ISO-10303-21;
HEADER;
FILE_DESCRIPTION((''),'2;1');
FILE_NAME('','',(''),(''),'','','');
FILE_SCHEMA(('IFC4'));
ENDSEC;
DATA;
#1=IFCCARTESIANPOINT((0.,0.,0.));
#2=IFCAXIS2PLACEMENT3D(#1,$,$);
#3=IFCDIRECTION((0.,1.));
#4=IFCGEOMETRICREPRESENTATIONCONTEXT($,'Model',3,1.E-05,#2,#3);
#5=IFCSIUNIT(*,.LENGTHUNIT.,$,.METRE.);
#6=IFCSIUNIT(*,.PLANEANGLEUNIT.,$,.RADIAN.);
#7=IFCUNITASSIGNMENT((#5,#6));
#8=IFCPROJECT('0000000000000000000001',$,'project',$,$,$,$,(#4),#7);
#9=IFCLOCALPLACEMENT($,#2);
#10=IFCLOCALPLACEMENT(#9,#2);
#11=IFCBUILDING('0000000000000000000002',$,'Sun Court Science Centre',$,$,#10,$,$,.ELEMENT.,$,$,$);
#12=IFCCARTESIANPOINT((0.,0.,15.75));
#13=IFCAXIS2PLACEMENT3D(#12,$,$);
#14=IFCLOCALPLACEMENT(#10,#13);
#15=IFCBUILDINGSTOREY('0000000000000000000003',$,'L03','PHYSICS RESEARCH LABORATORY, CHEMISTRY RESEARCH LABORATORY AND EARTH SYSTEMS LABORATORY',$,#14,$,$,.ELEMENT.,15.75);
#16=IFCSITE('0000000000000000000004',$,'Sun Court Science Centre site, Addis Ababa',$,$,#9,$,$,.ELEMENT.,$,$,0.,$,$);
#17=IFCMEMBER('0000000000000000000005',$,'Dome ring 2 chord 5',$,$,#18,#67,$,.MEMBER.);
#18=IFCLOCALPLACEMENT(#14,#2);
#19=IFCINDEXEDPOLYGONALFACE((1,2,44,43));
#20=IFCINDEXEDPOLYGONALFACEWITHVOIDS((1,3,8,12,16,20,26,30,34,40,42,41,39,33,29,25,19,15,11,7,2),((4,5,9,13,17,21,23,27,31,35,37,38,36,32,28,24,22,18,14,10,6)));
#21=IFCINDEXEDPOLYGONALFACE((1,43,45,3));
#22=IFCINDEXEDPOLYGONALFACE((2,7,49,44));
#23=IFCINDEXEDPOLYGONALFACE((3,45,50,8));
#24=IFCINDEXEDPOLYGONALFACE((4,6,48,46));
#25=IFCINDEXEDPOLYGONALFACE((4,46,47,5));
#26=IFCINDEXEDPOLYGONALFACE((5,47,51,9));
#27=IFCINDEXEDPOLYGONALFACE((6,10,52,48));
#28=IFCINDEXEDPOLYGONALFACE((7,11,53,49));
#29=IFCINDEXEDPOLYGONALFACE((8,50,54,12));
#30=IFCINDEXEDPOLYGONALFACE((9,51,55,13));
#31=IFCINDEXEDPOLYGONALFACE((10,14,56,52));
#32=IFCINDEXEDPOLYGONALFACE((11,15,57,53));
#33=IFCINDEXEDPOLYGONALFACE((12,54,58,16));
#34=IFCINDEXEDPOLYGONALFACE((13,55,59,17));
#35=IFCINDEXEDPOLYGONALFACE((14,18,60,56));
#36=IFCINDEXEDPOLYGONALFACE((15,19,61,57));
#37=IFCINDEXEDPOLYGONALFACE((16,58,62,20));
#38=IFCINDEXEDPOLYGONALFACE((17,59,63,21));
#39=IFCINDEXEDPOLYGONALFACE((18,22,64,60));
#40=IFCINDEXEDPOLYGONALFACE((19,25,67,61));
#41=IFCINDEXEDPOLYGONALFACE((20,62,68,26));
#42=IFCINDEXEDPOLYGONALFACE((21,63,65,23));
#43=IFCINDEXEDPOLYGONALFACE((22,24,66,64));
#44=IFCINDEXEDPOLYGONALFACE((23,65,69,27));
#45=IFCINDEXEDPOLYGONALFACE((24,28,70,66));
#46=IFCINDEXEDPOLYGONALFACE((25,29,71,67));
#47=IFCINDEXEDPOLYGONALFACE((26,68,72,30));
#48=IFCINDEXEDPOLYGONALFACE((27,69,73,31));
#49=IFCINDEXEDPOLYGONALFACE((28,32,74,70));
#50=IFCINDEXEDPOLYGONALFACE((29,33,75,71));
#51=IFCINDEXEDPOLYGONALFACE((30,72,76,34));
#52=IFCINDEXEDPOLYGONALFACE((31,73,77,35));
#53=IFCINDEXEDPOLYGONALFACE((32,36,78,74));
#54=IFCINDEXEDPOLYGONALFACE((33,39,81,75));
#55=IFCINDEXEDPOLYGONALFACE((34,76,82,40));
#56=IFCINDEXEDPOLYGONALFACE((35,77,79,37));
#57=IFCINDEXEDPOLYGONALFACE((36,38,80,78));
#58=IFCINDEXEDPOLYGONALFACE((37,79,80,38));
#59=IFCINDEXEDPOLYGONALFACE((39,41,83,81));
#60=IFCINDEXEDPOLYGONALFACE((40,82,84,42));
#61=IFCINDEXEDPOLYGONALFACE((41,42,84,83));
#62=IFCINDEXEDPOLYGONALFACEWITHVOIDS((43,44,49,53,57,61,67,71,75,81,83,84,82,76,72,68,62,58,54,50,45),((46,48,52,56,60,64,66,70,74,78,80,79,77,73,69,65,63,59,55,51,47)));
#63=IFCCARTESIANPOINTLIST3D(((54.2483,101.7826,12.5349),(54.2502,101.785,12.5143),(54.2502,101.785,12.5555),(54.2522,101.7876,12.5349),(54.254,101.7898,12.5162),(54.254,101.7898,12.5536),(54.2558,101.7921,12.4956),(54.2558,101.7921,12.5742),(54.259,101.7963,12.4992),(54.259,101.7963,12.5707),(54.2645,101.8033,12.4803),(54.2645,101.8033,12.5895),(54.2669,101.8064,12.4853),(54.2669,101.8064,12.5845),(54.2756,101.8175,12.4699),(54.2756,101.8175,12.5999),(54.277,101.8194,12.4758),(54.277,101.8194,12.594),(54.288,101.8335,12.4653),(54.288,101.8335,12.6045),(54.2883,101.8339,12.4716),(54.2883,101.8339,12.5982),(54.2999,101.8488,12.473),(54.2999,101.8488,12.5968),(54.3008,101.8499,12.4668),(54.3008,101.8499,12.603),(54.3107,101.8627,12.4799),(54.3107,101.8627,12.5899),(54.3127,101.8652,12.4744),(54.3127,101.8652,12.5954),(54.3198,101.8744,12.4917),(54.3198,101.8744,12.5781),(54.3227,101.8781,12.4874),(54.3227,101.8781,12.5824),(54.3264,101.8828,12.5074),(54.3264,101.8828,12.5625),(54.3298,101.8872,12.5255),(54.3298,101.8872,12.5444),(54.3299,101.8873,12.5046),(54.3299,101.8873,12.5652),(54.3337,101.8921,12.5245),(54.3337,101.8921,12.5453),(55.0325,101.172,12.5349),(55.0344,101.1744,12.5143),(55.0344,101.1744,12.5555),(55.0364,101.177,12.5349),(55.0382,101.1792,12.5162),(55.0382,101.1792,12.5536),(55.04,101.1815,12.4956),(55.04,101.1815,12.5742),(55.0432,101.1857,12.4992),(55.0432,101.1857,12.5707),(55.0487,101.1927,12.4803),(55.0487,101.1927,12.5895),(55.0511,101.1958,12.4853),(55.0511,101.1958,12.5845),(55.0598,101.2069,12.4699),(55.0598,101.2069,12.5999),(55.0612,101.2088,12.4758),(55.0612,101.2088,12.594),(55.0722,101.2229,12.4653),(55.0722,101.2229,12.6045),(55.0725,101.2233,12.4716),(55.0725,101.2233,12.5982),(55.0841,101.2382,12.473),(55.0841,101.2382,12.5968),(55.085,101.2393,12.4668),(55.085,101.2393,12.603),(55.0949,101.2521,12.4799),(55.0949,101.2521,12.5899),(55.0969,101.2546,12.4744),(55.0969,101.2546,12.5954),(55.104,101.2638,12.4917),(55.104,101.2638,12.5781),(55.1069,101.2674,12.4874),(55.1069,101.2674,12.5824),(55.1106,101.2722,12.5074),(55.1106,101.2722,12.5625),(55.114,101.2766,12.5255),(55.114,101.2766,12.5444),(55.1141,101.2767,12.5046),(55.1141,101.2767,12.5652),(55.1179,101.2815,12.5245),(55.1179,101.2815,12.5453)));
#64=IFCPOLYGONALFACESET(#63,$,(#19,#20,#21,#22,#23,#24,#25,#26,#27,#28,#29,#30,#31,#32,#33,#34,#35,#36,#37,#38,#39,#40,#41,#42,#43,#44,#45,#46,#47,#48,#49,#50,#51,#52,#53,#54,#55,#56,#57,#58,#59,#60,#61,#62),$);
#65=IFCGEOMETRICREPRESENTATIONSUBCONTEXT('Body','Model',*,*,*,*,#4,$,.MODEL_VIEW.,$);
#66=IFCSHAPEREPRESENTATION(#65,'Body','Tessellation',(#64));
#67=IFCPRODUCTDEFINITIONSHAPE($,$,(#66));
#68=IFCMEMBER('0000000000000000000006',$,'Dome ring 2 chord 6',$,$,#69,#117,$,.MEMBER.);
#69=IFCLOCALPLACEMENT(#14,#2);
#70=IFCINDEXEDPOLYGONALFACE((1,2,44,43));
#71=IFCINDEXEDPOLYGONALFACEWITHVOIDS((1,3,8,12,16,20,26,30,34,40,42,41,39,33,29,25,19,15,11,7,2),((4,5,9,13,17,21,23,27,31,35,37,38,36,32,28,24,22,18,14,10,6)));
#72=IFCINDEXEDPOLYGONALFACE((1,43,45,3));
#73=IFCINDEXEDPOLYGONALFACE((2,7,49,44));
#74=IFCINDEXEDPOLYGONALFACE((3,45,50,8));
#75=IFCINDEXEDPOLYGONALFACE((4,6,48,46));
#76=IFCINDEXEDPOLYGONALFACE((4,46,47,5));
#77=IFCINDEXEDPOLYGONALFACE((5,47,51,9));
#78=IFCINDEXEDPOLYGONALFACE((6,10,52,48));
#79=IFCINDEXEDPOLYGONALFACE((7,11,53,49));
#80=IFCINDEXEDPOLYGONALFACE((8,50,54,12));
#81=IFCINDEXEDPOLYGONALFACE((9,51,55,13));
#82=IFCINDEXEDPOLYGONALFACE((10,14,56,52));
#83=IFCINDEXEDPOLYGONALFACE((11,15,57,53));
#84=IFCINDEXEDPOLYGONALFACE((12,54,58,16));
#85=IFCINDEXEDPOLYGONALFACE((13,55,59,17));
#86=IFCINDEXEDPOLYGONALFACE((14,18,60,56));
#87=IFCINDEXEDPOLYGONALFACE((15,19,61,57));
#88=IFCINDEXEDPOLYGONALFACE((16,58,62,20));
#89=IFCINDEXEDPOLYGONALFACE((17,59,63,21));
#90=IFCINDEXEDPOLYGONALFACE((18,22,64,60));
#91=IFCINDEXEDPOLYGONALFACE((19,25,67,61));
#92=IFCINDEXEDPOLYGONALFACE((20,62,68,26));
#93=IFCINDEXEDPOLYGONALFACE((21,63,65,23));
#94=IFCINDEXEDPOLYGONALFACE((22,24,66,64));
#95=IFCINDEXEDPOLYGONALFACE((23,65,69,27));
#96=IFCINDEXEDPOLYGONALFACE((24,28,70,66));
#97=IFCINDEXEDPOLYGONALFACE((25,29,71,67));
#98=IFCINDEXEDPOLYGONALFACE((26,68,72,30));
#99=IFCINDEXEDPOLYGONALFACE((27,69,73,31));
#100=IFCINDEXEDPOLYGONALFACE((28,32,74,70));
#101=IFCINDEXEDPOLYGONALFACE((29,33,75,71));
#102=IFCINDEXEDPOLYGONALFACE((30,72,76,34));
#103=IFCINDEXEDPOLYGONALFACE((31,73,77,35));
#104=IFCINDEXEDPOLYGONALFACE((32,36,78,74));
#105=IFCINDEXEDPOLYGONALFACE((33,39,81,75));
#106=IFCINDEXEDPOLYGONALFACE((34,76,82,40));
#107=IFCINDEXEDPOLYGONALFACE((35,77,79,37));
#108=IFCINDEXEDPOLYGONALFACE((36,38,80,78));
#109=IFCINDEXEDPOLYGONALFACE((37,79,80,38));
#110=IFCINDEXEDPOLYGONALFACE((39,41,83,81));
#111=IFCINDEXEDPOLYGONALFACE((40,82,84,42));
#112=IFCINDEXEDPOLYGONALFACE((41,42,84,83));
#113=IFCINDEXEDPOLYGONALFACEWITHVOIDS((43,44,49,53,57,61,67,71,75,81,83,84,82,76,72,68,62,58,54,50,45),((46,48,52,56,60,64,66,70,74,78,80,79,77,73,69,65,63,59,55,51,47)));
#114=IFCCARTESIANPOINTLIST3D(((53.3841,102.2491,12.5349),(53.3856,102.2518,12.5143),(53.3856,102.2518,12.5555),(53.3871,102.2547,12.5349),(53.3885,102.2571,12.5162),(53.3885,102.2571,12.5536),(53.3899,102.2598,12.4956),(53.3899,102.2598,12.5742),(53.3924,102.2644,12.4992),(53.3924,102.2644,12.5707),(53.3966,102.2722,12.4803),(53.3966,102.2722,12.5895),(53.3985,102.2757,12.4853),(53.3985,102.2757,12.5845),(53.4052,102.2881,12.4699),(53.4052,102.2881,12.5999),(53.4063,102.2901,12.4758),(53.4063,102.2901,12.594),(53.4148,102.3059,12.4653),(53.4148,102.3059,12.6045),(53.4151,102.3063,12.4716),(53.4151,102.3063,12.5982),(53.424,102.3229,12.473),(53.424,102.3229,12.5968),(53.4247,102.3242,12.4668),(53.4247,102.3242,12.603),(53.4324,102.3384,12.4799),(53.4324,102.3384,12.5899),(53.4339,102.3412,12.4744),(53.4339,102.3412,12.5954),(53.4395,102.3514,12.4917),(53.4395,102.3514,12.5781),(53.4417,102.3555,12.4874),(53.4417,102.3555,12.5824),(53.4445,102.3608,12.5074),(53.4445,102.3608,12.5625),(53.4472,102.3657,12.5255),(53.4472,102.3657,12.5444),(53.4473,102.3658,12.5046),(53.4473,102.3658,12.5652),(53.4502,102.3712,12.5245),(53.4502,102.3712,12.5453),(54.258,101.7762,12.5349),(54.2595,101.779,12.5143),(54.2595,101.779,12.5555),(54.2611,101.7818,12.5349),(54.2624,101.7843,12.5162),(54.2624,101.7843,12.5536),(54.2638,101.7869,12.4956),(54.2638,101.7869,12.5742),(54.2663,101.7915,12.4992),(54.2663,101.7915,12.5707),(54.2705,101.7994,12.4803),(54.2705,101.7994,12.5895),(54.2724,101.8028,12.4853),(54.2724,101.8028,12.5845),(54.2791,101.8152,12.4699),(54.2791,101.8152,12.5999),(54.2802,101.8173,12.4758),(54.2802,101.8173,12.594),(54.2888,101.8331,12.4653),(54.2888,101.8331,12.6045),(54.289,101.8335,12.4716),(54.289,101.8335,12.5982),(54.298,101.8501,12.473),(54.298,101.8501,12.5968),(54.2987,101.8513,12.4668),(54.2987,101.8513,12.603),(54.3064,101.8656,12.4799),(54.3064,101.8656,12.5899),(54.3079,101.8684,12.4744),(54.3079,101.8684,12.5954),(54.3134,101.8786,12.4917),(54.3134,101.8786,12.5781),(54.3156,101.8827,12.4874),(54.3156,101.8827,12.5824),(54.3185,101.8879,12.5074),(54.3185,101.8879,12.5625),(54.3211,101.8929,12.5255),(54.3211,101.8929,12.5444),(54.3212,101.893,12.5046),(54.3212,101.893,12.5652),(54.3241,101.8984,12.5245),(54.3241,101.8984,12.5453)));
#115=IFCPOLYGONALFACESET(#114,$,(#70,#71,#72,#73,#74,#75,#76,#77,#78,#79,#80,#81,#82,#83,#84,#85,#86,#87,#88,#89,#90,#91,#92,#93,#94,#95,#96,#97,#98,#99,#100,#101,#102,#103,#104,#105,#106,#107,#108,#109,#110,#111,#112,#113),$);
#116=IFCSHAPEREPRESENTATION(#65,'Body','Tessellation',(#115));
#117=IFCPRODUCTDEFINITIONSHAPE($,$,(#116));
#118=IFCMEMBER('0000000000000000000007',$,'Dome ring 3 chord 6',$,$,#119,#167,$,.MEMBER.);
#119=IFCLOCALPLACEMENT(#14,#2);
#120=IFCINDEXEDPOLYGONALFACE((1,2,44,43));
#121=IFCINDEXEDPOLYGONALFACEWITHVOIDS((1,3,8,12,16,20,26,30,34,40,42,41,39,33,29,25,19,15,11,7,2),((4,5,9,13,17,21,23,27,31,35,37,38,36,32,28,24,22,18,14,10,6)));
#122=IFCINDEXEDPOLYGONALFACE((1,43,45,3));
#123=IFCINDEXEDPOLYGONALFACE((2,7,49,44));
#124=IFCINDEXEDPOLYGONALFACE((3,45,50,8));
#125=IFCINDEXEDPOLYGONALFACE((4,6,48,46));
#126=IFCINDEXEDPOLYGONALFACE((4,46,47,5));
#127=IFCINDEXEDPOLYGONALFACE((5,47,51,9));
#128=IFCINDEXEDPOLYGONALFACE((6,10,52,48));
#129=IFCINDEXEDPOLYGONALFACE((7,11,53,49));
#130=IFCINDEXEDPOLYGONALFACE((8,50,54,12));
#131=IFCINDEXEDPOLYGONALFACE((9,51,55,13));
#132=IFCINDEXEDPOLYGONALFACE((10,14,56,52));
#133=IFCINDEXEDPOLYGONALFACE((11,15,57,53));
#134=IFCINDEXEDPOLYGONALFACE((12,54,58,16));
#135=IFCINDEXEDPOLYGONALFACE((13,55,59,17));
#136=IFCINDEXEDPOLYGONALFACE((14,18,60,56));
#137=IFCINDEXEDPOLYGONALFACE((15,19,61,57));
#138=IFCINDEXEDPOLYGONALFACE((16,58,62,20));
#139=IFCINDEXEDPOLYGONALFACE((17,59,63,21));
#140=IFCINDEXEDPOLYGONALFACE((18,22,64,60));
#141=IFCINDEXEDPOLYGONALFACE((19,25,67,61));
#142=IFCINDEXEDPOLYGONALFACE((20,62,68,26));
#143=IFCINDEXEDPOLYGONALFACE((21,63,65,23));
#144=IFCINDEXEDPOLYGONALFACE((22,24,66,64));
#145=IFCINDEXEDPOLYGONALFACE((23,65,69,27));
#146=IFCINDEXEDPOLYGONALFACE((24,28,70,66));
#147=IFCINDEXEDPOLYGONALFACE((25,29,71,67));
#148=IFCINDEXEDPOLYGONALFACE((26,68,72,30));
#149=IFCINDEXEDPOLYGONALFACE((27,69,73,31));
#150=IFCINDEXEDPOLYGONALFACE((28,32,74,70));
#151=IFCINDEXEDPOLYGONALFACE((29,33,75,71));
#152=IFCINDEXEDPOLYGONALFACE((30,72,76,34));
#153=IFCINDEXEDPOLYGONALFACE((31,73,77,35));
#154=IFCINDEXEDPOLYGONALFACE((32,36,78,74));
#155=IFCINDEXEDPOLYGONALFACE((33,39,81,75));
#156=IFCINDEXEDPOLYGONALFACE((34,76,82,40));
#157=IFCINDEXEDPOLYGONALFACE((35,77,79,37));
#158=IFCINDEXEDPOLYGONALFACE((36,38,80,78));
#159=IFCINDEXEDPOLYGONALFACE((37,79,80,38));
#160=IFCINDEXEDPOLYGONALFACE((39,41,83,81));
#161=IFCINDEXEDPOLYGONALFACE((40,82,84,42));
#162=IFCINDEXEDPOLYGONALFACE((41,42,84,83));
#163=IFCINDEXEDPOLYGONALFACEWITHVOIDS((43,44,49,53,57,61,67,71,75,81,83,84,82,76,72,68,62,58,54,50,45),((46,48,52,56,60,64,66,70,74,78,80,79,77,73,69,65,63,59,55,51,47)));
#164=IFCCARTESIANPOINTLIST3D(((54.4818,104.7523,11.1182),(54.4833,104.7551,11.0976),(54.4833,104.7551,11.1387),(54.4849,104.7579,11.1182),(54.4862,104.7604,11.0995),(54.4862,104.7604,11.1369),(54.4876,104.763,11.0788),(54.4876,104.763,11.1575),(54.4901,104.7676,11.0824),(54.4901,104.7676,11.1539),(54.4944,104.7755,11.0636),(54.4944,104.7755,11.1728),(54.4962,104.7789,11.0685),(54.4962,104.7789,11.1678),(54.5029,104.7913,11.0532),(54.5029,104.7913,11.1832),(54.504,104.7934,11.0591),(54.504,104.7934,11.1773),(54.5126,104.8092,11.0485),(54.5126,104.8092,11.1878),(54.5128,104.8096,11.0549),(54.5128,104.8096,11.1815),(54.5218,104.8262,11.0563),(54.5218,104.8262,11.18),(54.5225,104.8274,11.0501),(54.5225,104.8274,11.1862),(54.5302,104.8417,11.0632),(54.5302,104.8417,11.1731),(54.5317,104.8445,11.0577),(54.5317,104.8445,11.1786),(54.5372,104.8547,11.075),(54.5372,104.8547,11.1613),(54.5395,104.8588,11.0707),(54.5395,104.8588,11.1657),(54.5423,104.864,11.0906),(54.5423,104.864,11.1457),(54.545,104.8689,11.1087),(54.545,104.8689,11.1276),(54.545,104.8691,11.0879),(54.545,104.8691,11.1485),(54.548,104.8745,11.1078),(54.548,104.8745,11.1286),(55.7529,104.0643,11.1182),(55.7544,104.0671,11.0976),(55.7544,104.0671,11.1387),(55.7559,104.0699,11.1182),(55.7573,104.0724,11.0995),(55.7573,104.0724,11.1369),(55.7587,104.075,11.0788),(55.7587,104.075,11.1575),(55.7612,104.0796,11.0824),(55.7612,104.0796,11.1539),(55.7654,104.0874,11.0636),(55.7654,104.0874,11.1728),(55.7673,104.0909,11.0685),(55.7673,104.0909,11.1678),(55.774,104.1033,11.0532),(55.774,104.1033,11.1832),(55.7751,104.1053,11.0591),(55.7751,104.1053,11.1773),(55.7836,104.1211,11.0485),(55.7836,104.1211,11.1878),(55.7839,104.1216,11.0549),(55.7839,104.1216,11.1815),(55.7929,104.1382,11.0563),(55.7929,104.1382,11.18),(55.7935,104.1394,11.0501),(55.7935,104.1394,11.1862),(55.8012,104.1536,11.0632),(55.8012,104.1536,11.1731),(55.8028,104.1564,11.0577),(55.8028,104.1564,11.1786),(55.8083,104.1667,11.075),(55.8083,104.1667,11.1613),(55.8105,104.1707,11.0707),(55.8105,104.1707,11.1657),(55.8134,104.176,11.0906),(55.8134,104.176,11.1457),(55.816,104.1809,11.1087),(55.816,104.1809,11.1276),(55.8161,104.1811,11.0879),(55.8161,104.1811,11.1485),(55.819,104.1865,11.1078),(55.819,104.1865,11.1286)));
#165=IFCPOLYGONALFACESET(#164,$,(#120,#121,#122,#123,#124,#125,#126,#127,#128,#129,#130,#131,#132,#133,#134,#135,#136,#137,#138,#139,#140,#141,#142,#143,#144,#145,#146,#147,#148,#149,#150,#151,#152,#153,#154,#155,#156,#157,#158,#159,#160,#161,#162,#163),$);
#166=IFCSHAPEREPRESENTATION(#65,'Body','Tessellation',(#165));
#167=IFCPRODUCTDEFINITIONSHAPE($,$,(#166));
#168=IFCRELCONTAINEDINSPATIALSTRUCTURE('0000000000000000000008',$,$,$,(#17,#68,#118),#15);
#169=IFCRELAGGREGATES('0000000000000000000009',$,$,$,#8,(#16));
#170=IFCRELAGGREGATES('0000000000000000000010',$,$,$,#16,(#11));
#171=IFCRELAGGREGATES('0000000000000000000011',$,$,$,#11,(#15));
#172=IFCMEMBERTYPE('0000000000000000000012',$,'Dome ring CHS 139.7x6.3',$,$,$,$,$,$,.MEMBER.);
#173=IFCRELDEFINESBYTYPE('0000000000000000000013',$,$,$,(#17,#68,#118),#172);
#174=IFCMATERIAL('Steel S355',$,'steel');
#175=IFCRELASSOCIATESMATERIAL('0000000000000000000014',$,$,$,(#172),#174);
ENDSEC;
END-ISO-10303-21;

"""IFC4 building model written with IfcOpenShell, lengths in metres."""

from ifc_helpers import new_model, si_unit, direction, frame, origin, origin_2d, place, context, subcontext, project, spatial, hollow_circle, extrude, material, material_profile, profile_set, type_object, element, save


model = new_model("IFC4")

# Units and contexts
model_context = context("Model", 3, precision=1e-05, world=origin(), true_north=direction((0.0, 1.0)))
body_context = subcontext(model_context, "Body", "Model", "MODEL_VIEW")
ifc_project = project(units=[si_unit("LENGTHUNIT", "METRE"), si_unit("PLANEANGLEUNIT", "RADIAN")], contexts=[model_context])

# Site, building, storey
site_placement = place(None, origin())
site = spatial("IfcSite", under=ifc_project, at=site_placement, Name="Sun Court Science Centre site, Addis Ababa", CompositionType="ELEMENT", RefElevation=0.0)
building_placement = place(site_placement, origin())
building = spatial("IfcBuilding", under=site, at=building_placement, Name="Sun Court Science Centre", CompositionType="ELEMENT")
storey_placement = place(building_placement, frame((0.0, 0.0, 15.75)))
storey = spatial("IfcBuildingStorey", under=building, at=storey_placement, Name="L03", Description="PHYSICS RESEARCH LABORATORY, CHEMISTRY RESEARCH LABORATORY AND EARTH SYSTEMS LABORATORY", CompositionType="ELEMENT", Elevation=15.75)

# Members
ifc_material_1 = material(Name="Steel S355", Category="steel")
ifc_material_profile_1 = material_profile(ifc_material_1, hollow_circle(Radius=0.0698, WallThickness=0.0063, at=origin_2d()), Name="CHS 139.7x6.3")
ifc_profile_set_1 = profile_set([ifc_material_profile_1], Name="Steel S355")
member_type_1 = type_object("IfcMemberType", Name="Dome ring CHS 139.7x6.3", PredefinedType="MEMBER", material=ifc_profile_set_1)
for number, where, z_axis, x_axis, name in (
    (1, (55.0754, 101.2271, 12.5349), (-0.789021, 0.614366, 0.0), (-0.614366, -0.789021, 0.0), "Dome ring 2 chord 5"),
):
    element("IfcMember", number, at=place(storey_placement, frame(where, z_axis=z_axis, x_axis=x_axis)), inside=storey, type_object=member_type_1, Name=name, PredefinedType="MEMBER", context=body_context, shape_type="SweptSolid", body=[
        extrude(hollow_circle(Radius=0.0698, WallThickness=0.0063, at=origin_2d()), origin(), (0.0, 0.0, 1.0), 0.9939),
    ])
member_1_placement = place(storey_placement, frame((54.2913, 101.8376, 12.5349), z_axis=(-0.879515, 0.475872, 0.0), x_axis=(-0.475872, -0.879515, 0.0)))
element("IfcMember", 2, at=member_1_placement, inside=storey, type_object=member_type_1, Name="Dome ring 2 chord 6", PredefinedType="MEMBER", context=body_context, shape_type="SweptSolid", body=[
    extrude(hollow_circle(Radius=0.0698, WallThickness=0.0063, at=origin_2d()), origin(), (0.0, 0.0, 1.0), 0.9937),
])
member_2_placement = place(storey_placement, frame((55.7861, 104.1257, 11.1182), z_axis=(-0.879428, 0.476033, 0.0), x_axis=(-0.476033, -0.879428, 0.0)))
element("IfcMember", 3, at=member_2_placement, inside=storey, type_object=member_type_1, Name="Dome ring 3 chord 6", PredefinedType="MEMBER", context=body_context, shape_type="SweptSolid", body=[
    extrude(hollow_circle(Radius=0.0698, WallThickness=0.0063, at=origin_2d()), origin(), (0.0, 0.0, 1.0), 1.4453),
])

save(model, "model.ifc")
